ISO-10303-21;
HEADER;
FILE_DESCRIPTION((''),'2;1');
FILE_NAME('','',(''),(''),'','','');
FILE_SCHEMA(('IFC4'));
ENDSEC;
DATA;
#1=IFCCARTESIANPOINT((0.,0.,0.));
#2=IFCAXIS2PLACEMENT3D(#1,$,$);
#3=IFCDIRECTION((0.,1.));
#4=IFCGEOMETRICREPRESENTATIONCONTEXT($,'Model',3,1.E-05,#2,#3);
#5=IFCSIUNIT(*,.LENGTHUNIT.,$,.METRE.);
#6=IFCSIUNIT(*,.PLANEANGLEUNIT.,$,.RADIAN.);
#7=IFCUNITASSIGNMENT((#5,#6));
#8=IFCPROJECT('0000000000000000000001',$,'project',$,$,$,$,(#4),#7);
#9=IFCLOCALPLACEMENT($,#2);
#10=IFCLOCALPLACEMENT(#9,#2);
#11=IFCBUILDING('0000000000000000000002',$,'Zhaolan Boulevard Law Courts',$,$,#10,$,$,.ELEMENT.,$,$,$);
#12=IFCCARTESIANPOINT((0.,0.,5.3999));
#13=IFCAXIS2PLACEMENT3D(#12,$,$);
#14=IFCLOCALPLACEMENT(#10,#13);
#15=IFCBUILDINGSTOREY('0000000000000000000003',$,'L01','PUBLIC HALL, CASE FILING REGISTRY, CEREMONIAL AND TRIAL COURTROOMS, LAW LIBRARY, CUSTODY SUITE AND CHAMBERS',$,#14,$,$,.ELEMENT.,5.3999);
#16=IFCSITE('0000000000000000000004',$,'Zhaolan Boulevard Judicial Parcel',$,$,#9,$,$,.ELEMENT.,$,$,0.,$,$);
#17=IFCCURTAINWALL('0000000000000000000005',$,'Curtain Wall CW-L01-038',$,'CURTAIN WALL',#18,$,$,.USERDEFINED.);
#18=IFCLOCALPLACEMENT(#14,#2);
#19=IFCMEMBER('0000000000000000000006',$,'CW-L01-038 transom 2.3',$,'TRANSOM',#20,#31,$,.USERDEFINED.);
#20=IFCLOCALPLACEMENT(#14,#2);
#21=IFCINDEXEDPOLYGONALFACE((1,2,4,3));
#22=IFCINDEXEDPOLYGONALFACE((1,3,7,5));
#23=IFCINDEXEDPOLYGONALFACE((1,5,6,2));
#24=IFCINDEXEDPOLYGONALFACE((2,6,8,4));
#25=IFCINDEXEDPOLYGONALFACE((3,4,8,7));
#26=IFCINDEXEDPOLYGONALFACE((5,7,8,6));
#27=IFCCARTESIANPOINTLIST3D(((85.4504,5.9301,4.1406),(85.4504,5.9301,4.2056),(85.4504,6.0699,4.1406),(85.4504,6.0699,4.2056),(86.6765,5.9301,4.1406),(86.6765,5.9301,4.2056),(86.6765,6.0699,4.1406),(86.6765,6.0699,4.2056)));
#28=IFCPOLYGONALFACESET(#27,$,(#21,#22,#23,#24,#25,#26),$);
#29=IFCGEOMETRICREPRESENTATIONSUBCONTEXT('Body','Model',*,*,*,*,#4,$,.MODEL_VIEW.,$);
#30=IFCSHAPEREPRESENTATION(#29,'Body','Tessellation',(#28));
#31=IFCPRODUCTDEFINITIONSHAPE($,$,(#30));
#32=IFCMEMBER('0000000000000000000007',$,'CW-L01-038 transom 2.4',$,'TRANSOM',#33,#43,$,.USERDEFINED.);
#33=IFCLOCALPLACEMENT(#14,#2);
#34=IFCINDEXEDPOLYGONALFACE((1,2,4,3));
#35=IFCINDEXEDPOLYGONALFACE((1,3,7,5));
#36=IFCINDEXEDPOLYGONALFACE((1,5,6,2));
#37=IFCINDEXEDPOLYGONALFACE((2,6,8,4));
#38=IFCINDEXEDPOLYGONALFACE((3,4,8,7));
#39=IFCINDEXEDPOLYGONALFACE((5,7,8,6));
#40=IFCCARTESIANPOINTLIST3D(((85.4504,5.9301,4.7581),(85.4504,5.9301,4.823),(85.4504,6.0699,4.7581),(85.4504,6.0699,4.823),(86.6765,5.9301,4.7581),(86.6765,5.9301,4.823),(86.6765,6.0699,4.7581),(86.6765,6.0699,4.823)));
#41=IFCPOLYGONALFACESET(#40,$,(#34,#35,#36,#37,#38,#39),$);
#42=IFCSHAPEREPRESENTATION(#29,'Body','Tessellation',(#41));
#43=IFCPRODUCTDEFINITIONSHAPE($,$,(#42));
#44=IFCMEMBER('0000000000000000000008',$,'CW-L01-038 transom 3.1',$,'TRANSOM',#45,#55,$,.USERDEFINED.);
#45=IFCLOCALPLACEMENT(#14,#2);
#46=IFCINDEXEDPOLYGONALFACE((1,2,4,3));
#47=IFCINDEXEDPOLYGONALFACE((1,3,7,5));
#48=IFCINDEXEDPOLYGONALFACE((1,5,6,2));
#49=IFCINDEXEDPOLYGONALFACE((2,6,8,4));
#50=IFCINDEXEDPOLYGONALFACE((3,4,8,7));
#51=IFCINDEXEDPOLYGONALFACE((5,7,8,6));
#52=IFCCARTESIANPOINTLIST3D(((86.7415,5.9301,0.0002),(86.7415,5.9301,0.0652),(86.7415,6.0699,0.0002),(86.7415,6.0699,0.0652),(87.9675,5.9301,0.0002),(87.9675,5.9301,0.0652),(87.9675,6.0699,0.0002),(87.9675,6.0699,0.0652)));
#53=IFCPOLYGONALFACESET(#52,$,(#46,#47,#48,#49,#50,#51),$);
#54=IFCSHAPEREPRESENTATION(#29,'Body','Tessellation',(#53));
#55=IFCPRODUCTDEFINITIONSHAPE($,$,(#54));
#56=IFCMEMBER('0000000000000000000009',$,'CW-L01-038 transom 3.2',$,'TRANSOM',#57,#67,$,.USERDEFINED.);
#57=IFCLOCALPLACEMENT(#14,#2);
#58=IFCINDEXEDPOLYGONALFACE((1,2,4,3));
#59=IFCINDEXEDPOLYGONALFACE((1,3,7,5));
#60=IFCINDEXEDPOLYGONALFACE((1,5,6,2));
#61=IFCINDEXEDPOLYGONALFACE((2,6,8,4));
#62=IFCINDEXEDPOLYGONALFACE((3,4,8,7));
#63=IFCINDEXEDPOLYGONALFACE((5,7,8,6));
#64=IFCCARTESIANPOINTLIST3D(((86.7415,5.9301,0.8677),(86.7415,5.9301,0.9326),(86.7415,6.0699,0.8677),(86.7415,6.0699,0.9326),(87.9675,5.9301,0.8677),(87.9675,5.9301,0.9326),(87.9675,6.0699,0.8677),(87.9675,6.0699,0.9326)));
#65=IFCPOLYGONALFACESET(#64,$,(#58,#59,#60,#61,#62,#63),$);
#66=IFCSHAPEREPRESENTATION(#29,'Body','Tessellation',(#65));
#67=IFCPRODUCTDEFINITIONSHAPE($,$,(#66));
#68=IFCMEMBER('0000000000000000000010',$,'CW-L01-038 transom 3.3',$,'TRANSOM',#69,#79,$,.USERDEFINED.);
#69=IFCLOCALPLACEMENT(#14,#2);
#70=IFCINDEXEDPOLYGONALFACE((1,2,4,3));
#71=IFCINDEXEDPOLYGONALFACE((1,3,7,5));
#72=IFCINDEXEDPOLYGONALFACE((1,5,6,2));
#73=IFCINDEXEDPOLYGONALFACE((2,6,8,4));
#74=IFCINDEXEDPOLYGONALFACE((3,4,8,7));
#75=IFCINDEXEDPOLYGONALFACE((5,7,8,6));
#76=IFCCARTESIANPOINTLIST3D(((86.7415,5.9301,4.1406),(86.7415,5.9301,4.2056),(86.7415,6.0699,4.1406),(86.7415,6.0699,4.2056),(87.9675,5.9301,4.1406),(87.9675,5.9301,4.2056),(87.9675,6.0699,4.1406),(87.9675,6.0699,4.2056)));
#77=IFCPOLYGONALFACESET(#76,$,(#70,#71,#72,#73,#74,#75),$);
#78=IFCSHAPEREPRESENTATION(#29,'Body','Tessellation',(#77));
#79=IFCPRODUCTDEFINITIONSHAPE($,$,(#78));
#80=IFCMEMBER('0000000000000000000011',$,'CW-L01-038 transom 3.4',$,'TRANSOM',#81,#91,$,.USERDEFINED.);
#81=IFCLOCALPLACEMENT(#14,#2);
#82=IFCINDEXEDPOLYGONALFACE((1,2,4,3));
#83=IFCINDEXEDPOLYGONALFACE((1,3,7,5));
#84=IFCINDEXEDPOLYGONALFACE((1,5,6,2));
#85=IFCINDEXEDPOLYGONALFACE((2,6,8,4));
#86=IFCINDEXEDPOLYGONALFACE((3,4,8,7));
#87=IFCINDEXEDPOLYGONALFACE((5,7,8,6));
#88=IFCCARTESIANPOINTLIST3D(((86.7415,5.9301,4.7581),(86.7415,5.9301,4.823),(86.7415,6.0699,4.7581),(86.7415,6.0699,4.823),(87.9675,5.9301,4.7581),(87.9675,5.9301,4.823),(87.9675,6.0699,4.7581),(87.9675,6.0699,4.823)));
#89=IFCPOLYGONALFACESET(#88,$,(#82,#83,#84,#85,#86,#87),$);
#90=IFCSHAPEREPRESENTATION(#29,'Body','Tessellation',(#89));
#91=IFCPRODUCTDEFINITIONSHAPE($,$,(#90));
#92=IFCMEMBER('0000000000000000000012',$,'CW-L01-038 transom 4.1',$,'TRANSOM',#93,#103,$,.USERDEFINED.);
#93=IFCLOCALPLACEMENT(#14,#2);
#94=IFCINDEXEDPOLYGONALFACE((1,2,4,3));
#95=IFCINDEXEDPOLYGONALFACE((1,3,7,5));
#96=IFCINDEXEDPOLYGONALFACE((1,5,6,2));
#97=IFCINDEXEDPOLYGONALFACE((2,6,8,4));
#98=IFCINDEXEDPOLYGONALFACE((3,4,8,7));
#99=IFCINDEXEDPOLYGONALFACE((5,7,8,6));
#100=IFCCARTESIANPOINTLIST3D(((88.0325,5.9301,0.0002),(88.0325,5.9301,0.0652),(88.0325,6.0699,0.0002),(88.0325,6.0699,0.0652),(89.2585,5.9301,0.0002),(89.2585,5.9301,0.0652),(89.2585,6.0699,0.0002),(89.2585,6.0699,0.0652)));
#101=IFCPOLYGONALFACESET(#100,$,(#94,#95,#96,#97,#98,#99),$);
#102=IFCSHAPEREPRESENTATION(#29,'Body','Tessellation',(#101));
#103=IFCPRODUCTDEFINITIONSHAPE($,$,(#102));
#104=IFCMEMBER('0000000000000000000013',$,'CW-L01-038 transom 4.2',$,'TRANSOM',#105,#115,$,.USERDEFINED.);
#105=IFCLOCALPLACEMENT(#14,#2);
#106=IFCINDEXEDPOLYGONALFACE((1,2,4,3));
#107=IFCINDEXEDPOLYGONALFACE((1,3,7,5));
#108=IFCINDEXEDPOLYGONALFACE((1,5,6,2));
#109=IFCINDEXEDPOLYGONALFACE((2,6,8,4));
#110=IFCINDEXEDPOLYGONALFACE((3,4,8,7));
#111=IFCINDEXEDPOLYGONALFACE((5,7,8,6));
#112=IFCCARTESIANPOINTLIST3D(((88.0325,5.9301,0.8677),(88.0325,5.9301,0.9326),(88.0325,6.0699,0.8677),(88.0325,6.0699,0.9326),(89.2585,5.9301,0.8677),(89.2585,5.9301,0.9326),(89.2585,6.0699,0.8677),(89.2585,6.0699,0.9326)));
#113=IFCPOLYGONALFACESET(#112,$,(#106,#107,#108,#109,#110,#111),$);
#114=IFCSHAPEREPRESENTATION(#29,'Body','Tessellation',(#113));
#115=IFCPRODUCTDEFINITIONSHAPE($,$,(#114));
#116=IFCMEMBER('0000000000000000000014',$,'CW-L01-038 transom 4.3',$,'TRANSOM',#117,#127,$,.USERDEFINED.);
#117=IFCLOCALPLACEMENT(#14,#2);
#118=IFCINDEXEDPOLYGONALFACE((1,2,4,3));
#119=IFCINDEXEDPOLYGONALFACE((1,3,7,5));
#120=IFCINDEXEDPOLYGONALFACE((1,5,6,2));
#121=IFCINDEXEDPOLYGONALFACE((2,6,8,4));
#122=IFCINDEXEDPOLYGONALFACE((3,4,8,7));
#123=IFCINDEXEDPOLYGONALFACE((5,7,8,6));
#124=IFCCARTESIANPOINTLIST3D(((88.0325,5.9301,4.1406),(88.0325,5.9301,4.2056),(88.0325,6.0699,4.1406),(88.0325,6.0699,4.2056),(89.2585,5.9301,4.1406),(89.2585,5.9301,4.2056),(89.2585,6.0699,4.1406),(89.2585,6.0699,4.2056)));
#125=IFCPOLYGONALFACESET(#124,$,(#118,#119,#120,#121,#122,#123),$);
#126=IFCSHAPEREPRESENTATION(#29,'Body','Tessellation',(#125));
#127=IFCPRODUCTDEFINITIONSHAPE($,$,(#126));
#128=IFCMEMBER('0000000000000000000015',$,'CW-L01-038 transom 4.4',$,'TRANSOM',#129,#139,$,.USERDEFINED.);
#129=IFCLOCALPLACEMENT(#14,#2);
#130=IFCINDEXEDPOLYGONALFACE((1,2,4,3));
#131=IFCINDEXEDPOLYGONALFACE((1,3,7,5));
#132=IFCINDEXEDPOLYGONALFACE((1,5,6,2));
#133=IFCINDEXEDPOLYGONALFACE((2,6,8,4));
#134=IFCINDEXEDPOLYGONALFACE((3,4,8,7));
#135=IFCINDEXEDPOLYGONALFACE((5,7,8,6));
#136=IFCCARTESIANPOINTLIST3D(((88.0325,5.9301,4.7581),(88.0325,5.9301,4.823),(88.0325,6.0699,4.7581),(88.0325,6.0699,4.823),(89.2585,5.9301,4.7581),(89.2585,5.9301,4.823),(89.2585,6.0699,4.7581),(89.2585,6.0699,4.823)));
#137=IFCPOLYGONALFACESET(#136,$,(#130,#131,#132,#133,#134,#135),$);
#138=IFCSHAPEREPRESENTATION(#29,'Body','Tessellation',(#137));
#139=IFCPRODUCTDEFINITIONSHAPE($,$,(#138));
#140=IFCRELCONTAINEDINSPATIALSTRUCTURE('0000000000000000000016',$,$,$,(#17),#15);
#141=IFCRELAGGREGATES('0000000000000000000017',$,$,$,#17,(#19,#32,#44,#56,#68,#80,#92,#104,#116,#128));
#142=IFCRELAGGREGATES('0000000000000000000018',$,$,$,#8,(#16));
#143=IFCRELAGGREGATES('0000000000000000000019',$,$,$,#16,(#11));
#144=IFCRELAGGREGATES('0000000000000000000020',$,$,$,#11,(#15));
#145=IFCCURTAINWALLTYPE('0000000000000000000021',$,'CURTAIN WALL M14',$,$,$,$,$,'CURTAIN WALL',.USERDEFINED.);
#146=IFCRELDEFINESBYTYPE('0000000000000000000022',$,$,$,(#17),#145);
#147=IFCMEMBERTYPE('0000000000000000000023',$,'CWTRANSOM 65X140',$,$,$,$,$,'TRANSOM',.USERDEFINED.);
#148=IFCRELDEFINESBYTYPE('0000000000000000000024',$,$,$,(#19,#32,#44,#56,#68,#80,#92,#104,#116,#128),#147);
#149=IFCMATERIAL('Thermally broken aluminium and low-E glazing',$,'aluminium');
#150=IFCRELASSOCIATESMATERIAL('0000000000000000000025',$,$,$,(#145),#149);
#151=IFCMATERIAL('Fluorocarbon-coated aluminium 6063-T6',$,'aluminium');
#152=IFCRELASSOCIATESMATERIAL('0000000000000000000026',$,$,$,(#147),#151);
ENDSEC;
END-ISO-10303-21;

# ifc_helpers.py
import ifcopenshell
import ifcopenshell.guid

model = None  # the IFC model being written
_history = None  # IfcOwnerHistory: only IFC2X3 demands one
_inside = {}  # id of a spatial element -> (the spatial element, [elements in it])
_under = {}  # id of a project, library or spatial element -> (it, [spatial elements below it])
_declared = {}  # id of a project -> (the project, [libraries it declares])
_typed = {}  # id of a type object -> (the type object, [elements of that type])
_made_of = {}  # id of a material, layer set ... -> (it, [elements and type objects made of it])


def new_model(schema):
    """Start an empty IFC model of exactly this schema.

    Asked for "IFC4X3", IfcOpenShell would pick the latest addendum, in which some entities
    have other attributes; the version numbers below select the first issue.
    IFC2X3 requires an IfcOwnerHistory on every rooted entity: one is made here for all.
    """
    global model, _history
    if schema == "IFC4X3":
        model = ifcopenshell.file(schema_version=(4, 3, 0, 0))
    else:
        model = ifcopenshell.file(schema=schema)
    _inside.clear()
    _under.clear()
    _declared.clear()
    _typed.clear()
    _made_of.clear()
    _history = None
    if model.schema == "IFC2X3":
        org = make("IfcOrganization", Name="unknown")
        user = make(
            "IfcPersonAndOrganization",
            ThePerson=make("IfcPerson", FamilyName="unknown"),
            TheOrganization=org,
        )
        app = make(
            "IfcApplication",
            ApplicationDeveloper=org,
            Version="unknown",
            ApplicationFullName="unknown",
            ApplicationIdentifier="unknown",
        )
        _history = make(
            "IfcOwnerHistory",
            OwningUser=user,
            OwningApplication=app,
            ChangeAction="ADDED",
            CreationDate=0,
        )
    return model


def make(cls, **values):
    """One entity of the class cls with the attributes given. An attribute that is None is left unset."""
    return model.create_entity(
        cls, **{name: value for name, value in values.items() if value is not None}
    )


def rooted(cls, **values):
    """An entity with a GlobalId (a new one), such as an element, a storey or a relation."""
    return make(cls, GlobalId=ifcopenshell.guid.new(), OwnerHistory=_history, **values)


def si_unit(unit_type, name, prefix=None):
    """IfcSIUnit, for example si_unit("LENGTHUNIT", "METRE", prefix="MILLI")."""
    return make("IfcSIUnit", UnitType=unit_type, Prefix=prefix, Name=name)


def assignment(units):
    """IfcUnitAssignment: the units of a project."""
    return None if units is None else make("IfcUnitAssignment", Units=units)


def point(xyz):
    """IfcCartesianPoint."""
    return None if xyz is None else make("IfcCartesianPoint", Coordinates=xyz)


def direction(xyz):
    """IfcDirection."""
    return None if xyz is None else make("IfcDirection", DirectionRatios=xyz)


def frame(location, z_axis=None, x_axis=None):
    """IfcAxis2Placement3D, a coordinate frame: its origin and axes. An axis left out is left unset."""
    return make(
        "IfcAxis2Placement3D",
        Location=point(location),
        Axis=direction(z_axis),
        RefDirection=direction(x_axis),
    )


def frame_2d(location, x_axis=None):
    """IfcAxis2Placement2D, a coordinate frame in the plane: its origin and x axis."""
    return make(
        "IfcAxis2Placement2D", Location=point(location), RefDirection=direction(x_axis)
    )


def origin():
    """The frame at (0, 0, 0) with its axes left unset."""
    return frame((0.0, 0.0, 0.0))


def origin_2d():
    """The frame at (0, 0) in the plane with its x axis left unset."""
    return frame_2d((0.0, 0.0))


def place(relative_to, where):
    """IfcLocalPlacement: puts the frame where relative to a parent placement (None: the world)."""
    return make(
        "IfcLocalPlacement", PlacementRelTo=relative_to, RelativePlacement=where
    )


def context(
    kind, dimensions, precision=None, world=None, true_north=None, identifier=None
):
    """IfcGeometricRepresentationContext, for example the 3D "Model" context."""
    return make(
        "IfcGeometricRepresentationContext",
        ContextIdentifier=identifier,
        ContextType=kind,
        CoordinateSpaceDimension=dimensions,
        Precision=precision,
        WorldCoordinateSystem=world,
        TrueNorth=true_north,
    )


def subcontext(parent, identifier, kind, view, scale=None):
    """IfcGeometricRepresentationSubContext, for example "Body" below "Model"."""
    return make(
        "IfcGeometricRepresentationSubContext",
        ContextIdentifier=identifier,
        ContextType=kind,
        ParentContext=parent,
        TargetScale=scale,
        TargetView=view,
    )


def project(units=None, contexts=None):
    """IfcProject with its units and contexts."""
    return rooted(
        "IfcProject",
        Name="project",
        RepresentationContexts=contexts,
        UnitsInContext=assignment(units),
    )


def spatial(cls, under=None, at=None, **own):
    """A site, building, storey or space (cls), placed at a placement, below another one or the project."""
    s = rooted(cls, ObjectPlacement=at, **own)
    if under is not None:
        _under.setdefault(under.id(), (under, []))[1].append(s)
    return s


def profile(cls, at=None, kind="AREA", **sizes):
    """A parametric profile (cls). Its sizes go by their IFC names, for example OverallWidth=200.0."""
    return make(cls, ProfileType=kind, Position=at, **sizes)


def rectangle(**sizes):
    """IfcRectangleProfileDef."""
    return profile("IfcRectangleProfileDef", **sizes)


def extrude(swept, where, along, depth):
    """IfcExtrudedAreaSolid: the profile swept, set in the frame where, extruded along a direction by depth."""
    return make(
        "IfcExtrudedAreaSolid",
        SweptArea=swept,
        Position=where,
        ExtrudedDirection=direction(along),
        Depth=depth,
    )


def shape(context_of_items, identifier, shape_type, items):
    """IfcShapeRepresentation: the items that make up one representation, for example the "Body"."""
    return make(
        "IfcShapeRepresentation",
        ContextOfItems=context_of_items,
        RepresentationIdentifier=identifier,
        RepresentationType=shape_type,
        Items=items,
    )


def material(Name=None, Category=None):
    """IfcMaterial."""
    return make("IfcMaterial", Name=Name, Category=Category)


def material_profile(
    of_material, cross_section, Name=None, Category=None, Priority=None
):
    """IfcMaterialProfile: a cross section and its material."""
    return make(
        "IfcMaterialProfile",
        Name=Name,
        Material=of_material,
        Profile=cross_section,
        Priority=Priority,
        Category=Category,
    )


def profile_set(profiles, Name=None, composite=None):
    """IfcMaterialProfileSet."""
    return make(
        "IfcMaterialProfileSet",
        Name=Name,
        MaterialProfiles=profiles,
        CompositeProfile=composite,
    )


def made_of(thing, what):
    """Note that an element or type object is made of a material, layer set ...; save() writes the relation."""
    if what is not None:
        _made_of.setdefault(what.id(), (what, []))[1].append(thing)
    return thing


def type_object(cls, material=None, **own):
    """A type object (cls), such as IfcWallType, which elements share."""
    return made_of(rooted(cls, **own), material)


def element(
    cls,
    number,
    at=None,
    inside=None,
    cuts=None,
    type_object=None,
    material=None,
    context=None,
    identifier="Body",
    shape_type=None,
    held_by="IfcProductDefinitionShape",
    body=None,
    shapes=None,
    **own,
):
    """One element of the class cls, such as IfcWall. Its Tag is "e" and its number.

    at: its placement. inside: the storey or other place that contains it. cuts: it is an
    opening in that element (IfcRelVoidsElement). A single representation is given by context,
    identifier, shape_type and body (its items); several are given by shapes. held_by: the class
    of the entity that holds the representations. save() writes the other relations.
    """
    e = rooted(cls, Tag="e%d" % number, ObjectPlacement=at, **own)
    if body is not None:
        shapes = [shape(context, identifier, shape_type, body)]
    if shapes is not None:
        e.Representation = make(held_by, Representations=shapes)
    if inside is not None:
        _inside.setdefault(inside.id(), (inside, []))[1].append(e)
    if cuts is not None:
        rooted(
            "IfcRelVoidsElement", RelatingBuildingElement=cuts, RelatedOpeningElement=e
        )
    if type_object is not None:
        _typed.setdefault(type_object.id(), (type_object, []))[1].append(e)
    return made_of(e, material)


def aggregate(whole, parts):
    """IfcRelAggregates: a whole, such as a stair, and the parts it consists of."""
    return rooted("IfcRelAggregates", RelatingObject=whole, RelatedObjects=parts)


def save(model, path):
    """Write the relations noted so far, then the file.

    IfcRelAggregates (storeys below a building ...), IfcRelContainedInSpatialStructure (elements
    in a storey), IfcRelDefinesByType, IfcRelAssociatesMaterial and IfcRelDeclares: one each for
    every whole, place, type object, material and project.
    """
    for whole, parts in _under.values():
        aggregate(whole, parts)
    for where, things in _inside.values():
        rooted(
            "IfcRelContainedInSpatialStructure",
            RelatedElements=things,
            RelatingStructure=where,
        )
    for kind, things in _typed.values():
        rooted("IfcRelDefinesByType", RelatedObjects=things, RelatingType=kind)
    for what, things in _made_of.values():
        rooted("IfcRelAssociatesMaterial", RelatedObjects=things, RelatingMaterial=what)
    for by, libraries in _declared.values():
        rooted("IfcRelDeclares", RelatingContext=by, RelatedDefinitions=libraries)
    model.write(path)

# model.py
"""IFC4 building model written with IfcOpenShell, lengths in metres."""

from ifc_helpers import new_model, si_unit, direction, frame, origin, origin_2d, place, context, subcontext, project, spatial, rectangle, extrude, material, material_profile, profile_set, type_object, element, aggregate, save


model = new_model("IFC4")

# Units and contexts
model_context = context("Model", 3, precision=1e-05, world=origin(), true_north=direction((0.0, 1.0)))
body_context = subcontext(model_context, "Body", "Model", "MODEL_VIEW")
ifc_project = project(units=[si_unit("LENGTHUNIT", "METRE"), si_unit("PLANEANGLEUNIT", "RADIAN")], contexts=[model_context])

# Site, building, storey
site_placement = place(None, origin())
site = spatial("IfcSite", under=ifc_project, at=site_placement, Name="Zhaolan Boulevard Judicial Parcel", CompositionType="ELEMENT", RefElevation=0.0)
building_placement = place(site_placement, origin())
building = spatial("IfcBuilding", under=site, at=building_placement, Name="Zhaolan Boulevard Law Courts", CompositionType="ELEMENT")
storey_placement = place(building_placement, frame((0.0, 0.0, 5.3999)))
storey = spatial("IfcBuildingStorey", under=building, at=storey_placement, Name="L01", Description="PUBLIC HALL, CASE FILING REGISTRY, CEREMONIAL AND TRIAL COURTROOMS, LAW LIBRARY, CUSTODY SUITE AND CHAMBERS", CompositionType="ELEMENT", Elevation=5.3999)

# Curtain wall, members
ifc_material_1 = material(Name="Thermally broken aluminium and low-E glazing", Category="aluminium")
curtain_wall_type_1 = type_object("IfcCurtainWallType", Name="CURTAIN WALL M14", ElementType="CURTAIN WALL", PredefinedType="USERDEFINED", material=ifc_material_1)
curtain_wall_1_placement = place(storey_placement, origin())
curtain_wall_1 = element("IfcCurtainWall", 1, at=curtain_wall_1_placement, inside=storey, type_object=curtain_wall_type_1, Name="Curtain Wall CW-L01-038", ObjectType="CURTAIN WALL", PredefinedType="USERDEFINED")
ifc_material_2 = material(Name="Fluorocarbon-coated aluminium 6063-T6", Category="aluminium")
ifc_material_profile_1 = material_profile(ifc_material_2, rectangle(XDim=0.1399, YDim=0.0649, at=origin_2d()), Name="AL65x140")
ifc_profile_set_1 = profile_set([ifc_material_profile_1], Name="Fluorocarbon-coated aluminium 6063-T6")
member_type_1 = type_object("IfcMemberType", Name="CWTRANSOM 65X140", ElementType="TRANSOM", PredefinedType="USERDEFINED", material=ifc_profile_set_1)
member_1_placement = place(storey_placement, frame((85.4504, 6.0, 4.1731), z_axis=(1.0, 0.0, 0.0), x_axis=(0.0, 1.0, 0.0)))
member_1 = element("IfcMember", 2, at=member_1_placement, type_object=member_type_1, Name="CW-L01-038 transom 2.3", ObjectType="TRANSOM", PredefinedType="USERDEFINED", context=body_context, shape_type="SweptSolid", body=[
    extrude(rectangle(XDim=0.1399, YDim=0.0649, at=origin_2d()), origin(), (0.0, 0.0, 1.0), 1.2261),
])
member_2_placement = place(storey_placement, frame((85.4504, 6.0, 4.7905), z_axis=(1.0, 0.0, 0.0), x_axis=(0.0, 1.0, 0.0)))
member_2 = element("IfcMember", 3, at=member_2_placement, type_object=member_type_1, Name="CW-L01-038 transom 2.4", ObjectType="TRANSOM", PredefinedType="USERDEFINED", context=body_context, shape_type="SweptSolid", body=[
    extrude(rectangle(XDim=0.1399, YDim=0.0649, at=origin_2d()), origin(), (0.0, 0.0, 1.0), 1.2261),
])
member_3_placement = place(storey_placement, frame((86.7415, 6.0, 0.0327), z_axis=(1.0, 0.0, 0.0), x_axis=(0.0, 1.0, 0.0)))
member_3 = element("IfcMember", 4, at=member_3_placement, type_object=member_type_1, Name="CW-L01-038 transom 3.1", ObjectType="TRANSOM", PredefinedType="USERDEFINED", context=body_context, shape_type="SweptSolid", body=[
    extrude(rectangle(XDim=0.1399, YDim=0.0649, at=origin_2d()), origin(), (0.0, 0.0, 1.0), 1.2261),
])
member_4_placement = place(storey_placement, frame((86.7415, 6.0, 0.9001), z_axis=(1.0, 0.0, 0.0), x_axis=(0.0, 1.0, 0.0)))
member_4 = element("IfcMember", 5, at=member_4_placement, type_object=member_type_1, Name="CW-L01-038 transom 3.2", ObjectType="TRANSOM", PredefinedType="USERDEFINED", context=body_context, shape_type="SweptSolid", body=[
    extrude(rectangle(XDim=0.1399, YDim=0.0649, at=origin_2d()), origin(), (0.0, 0.0, 1.0), 1.2261),
])
member_5_placement = place(storey_placement, frame((86.7415, 6.0, 4.1731), z_axis=(1.0, 0.0, 0.0), x_axis=(0.0, 1.0, 0.0)))
member_5 = element("IfcMember", 6, at=member_5_placement, type_object=member_type_1, Name="CW-L01-038 transom 3.3", ObjectType="TRANSOM", PredefinedType="USERDEFINED", context=body_context, shape_type="SweptSolid", body=[
    extrude(rectangle(XDim=0.1399, YDim=0.0649, at=origin_2d()), origin(), (0.0, 0.0, 1.0), 1.2261),
])
member_6_placement = place(storey_placement, frame((86.7415, 6.0, 4.7905), z_axis=(1.0, 0.0, 0.0), x_axis=(0.0, 1.0, 0.0)))
member_6 = element("IfcMember", 7, at=member_6_placement, type_object=member_type_1, Name="CW-L01-038 transom 3.4", ObjectType="TRANSOM", PredefinedType="USERDEFINED", context=body_context, shape_type="SweptSolid", body=[
    extrude(rectangle(XDim=0.1399, YDim=0.0649, at=origin_2d()), origin(), (0.0, 0.0, 1.0), 1.2261),
])
member_7_placement = place(storey_placement, frame((88.0325, 6.0, 0.0327), z_axis=(1.0, 0.0, 0.0), x_axis=(0.0, 1.0, 0.0)))
member_7 = element("IfcMember", 8, at=member_7_placement, type_object=member_type_1, Name="CW-L01-038 transom 4.1", ObjectType="TRANSOM", PredefinedType="USERDEFINED", context=body_context, shape_type="SweptSolid", body=[
    extrude(rectangle(XDim=0.1399, YDim=0.0649, at=origin_2d()), origin(), (0.0, 0.0, 1.0), 1.2261),
])
member_8_placement = place(storey_placement, frame((88.0325, 6.0, 0.9001), z_axis=(1.0, 0.0, 0.0), x_axis=(0.0, 1.0, 0.0)))
member_8 = element("IfcMember", 9, at=member_8_placement, type_object=member_type_1, Name="CW-L01-038 transom 4.2", ObjectType="TRANSOM", PredefinedType="USERDEFINED", context=body_context, shape_type="SweptSolid", body=[
    extrude(rectangle(XDim=0.1399, YDim=0.0649, at=origin_2d()), origin(), (0.0, 0.0, 1.0), 1.2261),
])
member_9_placement = place(storey_placement, frame((88.0325, 6.0, 4.1731), z_axis=(1.0, 0.0, 0.0), x_axis=(0.0, 1.0, 0.0)))
member_9 = element("IfcMember", 10, at=member_9_placement, type_object=member_type_1, Name="CW-L01-038 transom 4.3", ObjectType="TRANSOM", PredefinedType="USERDEFINED", context=body_context, shape_type="SweptSolid", body=[
    extrude(rectangle(XDim=0.1399, YDim=0.0649, at=origin_2d()), origin(), (0.0, 0.0, 1.0), 1.2261),
])
member_10_placement = place(storey_placement, frame((88.0325, 6.0, 4.7905), z_axis=(1.0, 0.0, 0.0), x_axis=(0.0, 1.0, 0.0)))
member_10 = element("IfcMember", 11, at=member_10_placement, type_object=member_type_1, Name="CW-L01-038 transom 4.4", ObjectType="TRANSOM", PredefinedType="USERDEFINED", context=body_context, shape_type="SweptSolid", body=[
    extrude(rectangle(XDim=0.1399, YDim=0.0649, at=origin_2d()), origin(), (0.0, 0.0, 1.0), 1.2261),
])

aggregate(curtain_wall_1, [member_1, member_2, member_3, member_4, member_5, member_6, member_7, member_8, member_9, member_10])

save(model, "model.ifc")
